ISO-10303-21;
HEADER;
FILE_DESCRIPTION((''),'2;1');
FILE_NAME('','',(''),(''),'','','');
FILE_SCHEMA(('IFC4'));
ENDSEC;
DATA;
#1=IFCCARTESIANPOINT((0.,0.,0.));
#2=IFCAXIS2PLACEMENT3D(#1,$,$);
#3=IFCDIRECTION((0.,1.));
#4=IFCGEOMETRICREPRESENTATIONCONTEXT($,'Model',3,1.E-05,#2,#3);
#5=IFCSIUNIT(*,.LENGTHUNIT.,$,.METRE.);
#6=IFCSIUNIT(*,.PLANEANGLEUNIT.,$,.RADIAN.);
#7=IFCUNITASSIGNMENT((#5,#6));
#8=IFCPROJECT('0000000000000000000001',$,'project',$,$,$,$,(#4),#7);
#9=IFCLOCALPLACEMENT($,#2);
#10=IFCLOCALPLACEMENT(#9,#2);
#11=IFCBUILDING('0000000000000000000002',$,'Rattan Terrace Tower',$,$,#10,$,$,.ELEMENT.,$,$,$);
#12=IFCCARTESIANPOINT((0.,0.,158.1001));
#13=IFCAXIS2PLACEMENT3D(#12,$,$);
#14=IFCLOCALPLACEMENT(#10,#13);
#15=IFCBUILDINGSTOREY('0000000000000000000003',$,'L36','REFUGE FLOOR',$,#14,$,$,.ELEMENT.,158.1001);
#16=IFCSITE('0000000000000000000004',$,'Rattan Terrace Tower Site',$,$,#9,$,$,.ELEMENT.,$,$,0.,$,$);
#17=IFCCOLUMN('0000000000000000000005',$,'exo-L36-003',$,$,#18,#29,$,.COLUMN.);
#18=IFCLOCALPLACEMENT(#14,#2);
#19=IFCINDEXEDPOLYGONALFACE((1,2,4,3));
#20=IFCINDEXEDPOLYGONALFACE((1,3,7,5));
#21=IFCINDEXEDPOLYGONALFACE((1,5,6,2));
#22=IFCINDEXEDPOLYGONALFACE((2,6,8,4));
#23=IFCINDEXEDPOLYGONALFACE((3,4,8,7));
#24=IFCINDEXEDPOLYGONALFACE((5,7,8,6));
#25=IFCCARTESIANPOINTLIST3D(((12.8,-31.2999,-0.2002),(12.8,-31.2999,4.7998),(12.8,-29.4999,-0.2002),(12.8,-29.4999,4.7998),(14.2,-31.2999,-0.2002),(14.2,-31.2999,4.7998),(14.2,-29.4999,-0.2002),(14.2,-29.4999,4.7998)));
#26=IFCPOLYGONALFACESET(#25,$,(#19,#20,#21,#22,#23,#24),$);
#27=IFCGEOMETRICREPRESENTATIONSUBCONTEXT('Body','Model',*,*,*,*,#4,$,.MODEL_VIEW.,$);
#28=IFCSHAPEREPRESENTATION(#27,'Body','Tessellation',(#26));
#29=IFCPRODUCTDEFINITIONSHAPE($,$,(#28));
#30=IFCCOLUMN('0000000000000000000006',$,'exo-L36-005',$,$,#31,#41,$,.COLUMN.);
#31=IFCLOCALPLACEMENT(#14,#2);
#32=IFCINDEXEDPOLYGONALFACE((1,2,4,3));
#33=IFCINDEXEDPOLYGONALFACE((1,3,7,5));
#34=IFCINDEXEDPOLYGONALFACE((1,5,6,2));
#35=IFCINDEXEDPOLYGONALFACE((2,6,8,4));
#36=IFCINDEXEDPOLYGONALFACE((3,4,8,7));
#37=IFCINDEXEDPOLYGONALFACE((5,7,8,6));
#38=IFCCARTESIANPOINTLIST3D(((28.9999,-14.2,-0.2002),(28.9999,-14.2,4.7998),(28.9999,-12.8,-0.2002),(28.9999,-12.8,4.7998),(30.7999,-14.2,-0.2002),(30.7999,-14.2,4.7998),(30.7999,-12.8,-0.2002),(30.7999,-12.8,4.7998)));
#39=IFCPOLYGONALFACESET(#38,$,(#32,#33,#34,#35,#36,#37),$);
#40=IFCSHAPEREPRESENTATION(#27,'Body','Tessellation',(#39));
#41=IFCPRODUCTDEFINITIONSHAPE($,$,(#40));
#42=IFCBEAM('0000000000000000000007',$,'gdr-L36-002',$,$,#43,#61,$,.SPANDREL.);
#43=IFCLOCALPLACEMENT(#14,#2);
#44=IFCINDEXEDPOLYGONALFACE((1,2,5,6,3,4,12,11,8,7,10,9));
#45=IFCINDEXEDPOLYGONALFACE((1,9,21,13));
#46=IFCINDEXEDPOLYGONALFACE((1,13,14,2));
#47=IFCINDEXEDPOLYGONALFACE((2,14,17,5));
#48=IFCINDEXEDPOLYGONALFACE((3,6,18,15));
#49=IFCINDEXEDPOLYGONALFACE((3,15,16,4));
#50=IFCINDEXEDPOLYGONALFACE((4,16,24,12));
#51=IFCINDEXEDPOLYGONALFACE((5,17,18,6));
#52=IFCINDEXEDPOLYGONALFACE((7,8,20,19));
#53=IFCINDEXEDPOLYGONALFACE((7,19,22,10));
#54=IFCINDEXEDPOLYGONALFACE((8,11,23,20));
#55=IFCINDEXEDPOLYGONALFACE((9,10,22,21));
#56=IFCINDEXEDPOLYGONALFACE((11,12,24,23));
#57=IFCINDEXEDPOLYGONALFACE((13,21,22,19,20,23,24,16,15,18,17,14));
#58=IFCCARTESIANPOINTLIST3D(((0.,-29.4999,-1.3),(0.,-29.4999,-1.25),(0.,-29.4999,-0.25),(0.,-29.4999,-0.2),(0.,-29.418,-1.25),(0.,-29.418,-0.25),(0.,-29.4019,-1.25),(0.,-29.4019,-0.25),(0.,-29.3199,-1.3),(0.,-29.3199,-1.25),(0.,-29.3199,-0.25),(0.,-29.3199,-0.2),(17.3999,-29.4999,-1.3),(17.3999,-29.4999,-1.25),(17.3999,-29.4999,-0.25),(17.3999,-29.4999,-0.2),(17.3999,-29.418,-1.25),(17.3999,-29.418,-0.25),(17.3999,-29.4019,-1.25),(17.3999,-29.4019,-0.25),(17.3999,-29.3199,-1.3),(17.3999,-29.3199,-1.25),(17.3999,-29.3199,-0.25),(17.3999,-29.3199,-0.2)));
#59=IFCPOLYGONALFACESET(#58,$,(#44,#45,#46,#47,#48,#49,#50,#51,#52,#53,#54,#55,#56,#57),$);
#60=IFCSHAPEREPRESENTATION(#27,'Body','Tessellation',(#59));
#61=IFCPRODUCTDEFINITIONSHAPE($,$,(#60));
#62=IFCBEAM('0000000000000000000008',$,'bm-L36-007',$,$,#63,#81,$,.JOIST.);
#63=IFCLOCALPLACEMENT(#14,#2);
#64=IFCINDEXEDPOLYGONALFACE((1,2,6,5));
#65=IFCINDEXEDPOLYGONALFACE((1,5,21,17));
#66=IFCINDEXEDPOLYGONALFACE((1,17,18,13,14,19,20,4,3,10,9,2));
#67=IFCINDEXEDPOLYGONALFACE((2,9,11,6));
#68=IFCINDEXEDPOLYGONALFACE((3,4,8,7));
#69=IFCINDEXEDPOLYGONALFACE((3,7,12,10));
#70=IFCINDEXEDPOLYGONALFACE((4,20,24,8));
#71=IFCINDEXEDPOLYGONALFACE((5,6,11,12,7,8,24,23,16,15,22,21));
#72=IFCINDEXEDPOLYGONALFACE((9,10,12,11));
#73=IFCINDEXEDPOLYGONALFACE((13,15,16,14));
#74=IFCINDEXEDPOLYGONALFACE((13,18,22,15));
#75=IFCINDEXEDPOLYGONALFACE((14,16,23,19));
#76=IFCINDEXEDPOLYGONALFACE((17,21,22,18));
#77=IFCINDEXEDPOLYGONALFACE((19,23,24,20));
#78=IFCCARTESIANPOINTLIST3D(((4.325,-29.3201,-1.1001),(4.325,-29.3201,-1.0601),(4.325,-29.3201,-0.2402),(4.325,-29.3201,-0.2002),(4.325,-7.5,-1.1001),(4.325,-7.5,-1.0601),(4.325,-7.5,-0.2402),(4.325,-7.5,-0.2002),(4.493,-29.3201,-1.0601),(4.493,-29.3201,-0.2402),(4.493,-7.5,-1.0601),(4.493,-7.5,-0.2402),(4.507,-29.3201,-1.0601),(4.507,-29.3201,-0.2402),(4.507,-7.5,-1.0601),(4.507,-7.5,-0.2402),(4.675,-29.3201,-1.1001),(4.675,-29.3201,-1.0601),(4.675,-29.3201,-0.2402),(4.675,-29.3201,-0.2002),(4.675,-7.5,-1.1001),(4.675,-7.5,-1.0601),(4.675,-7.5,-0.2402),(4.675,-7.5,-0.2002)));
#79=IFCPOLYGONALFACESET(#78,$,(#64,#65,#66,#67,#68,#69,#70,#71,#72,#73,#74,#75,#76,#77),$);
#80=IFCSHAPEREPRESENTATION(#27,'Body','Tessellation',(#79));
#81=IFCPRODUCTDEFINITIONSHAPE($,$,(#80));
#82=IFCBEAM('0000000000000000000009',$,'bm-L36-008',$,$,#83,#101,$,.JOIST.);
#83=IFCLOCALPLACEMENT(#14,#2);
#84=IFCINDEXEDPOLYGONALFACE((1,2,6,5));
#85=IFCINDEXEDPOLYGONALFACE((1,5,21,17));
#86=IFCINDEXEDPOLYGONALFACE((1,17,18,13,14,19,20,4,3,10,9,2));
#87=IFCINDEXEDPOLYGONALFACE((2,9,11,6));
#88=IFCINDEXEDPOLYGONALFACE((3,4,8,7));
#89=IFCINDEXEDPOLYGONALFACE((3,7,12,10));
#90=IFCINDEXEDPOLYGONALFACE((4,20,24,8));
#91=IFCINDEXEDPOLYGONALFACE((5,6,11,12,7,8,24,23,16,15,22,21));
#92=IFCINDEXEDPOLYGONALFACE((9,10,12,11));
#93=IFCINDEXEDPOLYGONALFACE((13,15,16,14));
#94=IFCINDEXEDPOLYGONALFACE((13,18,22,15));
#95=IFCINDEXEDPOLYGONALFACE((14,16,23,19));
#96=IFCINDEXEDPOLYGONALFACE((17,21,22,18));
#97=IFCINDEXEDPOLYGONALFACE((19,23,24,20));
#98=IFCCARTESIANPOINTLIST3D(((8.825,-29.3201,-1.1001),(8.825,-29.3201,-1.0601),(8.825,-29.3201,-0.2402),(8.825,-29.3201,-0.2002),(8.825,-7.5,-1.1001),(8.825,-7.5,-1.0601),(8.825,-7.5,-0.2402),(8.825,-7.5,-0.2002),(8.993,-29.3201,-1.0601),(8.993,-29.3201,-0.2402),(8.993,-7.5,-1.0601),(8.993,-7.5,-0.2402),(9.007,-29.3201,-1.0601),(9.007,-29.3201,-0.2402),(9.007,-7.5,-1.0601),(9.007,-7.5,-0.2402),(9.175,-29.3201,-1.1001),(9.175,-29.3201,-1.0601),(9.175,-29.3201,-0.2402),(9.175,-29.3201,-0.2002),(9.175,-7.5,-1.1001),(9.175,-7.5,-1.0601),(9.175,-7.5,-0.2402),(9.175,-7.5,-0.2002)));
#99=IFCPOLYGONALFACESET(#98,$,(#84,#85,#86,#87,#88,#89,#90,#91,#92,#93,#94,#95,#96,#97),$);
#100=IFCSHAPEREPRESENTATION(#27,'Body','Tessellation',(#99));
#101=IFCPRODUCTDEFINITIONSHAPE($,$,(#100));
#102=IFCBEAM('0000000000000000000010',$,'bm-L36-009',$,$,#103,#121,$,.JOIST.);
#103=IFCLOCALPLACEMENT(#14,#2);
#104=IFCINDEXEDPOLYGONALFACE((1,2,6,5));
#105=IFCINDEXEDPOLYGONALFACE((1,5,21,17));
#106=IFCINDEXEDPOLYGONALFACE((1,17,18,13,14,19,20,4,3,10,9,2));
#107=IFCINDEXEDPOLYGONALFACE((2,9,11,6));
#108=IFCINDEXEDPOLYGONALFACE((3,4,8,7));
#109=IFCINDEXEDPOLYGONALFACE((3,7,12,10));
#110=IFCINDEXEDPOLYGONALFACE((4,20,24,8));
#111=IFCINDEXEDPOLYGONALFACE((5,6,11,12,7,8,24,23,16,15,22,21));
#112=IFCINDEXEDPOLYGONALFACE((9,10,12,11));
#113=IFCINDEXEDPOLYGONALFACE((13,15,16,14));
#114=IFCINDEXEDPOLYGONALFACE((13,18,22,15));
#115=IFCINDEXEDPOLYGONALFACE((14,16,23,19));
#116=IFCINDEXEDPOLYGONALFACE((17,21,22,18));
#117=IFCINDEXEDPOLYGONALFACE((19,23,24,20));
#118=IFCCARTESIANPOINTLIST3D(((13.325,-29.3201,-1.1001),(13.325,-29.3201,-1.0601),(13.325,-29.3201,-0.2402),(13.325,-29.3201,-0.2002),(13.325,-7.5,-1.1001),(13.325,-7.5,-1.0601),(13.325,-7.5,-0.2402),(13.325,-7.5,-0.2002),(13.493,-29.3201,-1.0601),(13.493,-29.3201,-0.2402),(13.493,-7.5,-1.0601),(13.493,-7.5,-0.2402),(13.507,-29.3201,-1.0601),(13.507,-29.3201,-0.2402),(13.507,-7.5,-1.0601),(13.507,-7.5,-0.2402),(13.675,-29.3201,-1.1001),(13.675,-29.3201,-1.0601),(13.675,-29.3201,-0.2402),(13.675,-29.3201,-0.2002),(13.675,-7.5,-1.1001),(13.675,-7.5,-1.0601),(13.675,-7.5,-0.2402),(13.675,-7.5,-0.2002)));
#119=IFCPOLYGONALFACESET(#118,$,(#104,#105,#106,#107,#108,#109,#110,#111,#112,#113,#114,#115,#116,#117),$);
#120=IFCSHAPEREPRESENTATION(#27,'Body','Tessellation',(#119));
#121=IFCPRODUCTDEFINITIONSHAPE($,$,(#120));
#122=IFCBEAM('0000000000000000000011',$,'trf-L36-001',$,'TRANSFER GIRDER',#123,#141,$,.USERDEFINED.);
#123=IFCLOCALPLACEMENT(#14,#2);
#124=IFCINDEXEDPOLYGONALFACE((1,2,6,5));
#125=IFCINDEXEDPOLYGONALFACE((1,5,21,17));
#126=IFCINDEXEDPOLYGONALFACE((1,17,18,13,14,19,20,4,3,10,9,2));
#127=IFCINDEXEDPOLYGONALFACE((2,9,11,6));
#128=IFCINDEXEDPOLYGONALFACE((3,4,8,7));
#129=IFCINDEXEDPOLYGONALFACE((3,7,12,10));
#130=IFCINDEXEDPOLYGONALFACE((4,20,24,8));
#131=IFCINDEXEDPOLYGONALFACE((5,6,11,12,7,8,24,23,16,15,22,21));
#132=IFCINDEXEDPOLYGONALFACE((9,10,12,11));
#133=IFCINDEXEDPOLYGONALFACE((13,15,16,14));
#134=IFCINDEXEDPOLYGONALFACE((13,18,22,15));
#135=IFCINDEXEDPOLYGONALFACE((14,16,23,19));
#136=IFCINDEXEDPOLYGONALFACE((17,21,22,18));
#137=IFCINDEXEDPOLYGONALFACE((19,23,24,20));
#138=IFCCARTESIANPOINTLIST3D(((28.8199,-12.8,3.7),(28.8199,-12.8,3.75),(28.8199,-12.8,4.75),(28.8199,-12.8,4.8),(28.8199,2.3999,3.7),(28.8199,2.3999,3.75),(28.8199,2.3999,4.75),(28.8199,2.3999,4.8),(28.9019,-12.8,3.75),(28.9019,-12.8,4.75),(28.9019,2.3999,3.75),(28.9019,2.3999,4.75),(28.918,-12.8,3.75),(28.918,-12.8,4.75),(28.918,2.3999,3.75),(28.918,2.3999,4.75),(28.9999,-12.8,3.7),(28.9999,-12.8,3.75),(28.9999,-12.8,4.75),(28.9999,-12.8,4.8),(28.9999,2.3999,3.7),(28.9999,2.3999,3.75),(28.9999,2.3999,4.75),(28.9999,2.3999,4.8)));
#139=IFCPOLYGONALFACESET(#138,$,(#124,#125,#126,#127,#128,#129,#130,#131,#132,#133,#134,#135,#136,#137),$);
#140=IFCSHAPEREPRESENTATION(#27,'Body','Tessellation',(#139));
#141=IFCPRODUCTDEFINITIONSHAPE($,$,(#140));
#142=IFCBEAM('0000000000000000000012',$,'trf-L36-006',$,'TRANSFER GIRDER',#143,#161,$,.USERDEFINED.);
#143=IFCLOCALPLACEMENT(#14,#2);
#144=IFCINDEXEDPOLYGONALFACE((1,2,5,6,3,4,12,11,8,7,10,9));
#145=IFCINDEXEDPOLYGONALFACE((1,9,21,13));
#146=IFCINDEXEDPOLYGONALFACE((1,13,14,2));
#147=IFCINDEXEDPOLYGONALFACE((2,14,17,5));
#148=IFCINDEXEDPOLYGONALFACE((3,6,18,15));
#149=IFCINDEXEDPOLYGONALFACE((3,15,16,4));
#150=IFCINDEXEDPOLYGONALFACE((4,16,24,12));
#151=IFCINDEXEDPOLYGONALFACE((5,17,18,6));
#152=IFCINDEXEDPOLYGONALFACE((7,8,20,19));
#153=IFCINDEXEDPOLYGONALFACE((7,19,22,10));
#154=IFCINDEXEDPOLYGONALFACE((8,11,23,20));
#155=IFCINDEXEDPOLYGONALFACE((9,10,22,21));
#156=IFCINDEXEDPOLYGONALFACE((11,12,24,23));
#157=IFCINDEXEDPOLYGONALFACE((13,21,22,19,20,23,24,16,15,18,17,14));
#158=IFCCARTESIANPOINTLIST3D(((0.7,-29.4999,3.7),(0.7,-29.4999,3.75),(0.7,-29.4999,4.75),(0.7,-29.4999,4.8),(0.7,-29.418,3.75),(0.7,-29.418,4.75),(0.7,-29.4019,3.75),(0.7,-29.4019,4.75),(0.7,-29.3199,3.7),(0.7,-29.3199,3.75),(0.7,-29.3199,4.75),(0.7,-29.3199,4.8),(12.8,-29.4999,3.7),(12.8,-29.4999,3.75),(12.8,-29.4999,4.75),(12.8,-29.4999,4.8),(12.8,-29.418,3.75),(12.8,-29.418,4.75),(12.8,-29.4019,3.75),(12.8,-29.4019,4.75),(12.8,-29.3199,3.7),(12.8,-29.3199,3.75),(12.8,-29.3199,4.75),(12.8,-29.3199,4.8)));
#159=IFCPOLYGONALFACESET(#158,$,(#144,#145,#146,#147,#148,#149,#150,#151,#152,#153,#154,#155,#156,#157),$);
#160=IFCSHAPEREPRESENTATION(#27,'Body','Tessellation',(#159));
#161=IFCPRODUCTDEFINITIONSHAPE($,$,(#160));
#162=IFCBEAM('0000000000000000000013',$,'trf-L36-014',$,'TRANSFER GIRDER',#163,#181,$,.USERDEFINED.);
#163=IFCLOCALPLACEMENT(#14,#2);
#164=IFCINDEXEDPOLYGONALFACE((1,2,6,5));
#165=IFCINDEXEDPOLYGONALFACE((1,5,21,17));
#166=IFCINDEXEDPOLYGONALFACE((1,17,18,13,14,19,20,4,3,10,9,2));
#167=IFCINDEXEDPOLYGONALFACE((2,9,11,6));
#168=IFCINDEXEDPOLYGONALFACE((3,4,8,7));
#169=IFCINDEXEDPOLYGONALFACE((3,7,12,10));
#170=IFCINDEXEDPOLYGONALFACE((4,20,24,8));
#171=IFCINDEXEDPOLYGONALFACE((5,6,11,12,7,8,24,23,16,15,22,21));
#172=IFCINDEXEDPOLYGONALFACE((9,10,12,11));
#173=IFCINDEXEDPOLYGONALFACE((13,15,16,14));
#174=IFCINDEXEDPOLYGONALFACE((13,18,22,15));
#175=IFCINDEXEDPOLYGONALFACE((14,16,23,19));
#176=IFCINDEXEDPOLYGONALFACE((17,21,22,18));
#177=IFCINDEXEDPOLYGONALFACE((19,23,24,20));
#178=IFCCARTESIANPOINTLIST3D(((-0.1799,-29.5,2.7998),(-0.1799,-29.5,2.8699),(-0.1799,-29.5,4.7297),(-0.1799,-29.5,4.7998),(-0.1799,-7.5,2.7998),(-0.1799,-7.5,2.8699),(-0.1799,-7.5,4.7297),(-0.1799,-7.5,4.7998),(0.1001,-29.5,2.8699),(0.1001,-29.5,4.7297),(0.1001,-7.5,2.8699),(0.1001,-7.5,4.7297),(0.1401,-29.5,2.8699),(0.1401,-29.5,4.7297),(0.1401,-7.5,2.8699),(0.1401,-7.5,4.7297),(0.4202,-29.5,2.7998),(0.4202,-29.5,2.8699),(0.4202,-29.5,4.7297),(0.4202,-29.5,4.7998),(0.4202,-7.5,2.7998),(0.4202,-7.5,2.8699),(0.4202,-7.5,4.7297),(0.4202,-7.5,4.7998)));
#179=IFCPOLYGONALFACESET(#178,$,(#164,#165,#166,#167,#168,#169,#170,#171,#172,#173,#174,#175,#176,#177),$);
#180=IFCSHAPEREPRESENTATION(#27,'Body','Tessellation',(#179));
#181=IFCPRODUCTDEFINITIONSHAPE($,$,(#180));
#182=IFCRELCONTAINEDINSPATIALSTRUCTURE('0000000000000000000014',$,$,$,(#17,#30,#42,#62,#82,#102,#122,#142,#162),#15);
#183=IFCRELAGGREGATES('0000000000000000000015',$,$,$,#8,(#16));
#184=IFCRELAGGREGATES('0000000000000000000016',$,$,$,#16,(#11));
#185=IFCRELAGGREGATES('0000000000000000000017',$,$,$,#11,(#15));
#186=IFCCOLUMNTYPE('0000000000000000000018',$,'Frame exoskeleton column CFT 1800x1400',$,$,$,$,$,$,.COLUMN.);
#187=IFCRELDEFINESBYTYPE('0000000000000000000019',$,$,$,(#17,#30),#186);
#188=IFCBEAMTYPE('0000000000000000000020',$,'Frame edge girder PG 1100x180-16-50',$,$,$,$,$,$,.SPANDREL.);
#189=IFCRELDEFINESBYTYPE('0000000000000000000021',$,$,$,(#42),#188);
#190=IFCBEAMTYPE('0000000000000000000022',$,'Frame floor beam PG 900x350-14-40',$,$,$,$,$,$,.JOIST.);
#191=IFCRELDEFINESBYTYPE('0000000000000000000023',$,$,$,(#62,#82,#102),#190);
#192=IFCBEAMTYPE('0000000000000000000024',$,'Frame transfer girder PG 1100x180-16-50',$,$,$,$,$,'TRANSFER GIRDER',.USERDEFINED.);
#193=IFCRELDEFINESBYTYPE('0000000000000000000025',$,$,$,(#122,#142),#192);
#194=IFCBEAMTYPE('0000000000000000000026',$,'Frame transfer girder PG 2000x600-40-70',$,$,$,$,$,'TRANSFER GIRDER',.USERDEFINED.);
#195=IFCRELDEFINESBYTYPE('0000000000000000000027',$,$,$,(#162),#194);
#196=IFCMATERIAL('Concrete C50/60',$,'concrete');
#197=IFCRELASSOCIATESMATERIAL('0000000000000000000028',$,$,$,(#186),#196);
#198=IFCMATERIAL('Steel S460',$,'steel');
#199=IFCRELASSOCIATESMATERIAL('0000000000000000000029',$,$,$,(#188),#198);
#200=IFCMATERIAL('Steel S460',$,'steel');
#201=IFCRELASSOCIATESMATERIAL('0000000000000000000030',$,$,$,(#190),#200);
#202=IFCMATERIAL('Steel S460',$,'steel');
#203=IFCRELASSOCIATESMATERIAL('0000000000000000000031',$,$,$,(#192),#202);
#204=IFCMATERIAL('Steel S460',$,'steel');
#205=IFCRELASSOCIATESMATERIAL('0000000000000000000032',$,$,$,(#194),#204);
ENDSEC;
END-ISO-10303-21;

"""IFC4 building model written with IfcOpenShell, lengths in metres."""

from ifc_helpers import new_model, si_unit, direction, frame, origin, origin_2d, place, context, subcontext, project, spatial, rectangle, i_section, extrude, material, material_profile, profile_set, type_object, element, save


model = new_model("IFC4")

# Units and contexts
model_context = context("Model", 3, precision=1e-05, world=origin(), true_north=direction((0.0, 1.0)))
body_context = subcontext(model_context, "Body", "Model", "MODEL_VIEW")
ifc_project = project(units=[si_unit("LENGTHUNIT", "METRE"), si_unit("PLANEANGLEUNIT", "RADIAN")], contexts=[model_context])

# Site, building, storey
site_placement = place(None, origin())
site = spatial("IfcSite", under=ifc_project, at=site_placement, Name="Rattan Terrace Tower Site", CompositionType="ELEMENT", RefElevation=0.0)
building_placement = place(site_placement, origin())
building = spatial("IfcBuilding", under=site, at=building_placement, Name="Rattan Terrace Tower", CompositionType="ELEMENT")
storey_placement = place(building_placement, frame((0.0, 0.0, 158.1001)))
storey = spatial("IfcBuildingStorey", under=building, at=storey_placement, Name="L36", Description="REFUGE FLOOR", CompositionType="ELEMENT", Elevation=158.1001)

# Columns
ifc_material_1 = material(Name="Concrete C50/60", Category="concrete")
ifc_material_profile_1 = material_profile(ifc_material_1, rectangle(XDim=1.3999, YDim=1.8, at=origin_2d()), Name="CFT 1800x1400")
ifc_profile_set_1 = profile_set([ifc_material_profile_1], Name="Concrete C50/60")
column_type = type_object("IfcColumnType", Name="Frame exoskeleton column CFT 1800x1400", PredefinedType="COLUMN", material=ifc_profile_set_1)
for number, where, z_axis, x_axis, name in (
    (1, (13.5, -30.3999, -0.2002), (0.0, 0.0, 1.0), (1.0, 0.0, 0.0), "exo-L36-003"),
    (2, (29.8999, -13.5, -0.2002), (0.0, 0.0, 1.0), (0.0, 1.0, 0.0), "exo-L36-005"),
):
    element("IfcColumn", number, at=place(storey_placement, frame(where, z_axis=z_axis, x_axis=x_axis)), inside=storey, type_object=column_type, Name=name, PredefinedType="COLUMN", context=body_context, shape_type="SweptSolid", body=[
        extrude(rectangle(XDim=1.3999, YDim=1.8, at=origin_2d()), origin(), (0.0, 0.0, 1.0), 5.0),
    ])

# Beams
ifc_material_2 = material(Name="Steel S460", Category="steel")
ifc_material_profile_2 = material_profile(ifc_material_2, i_section(OverallWidth=0.1799, OverallDepth=1.1001, WebThickness=0.0161, FlangeThickness=0.05, at=origin_2d()), Name="PG 1100x180-16-50")
ifc_profile_set_2 = profile_set([ifc_material_profile_2], Name="Steel S460")
beam_type_1 = type_object("IfcBeamType", Name="Frame edge girder PG 1100x180-16-50", PredefinedType="SPANDREL", material=ifc_profile_set_2)
beam_1_placement = place(storey_placement, frame((17.3999, -29.4099, -0.75), z_axis=(-1.0, 0.0, 0.0), x_axis=(0.0, -1.0, 0.0)))
element("IfcBeam", 3, at=beam_1_placement, inside=storey, type_object=beam_type_1, Name="gdr-L36-002", PredefinedType="SPANDREL", context=body_context, shape_type="SweptSolid", body=[
    extrude(i_section(OverallWidth=0.1799, OverallDepth=1.1001, WebThickness=0.0161, FlangeThickness=0.05, at=origin_2d()), origin(), (0.0, 0.0, 1.0), 17.3999),
])
ifc_material_3 = material(Name="Steel S460", Category="steel")
ifc_material_profile_3 = material_profile(ifc_material_3, i_section(OverallWidth=0.3501, OverallDepth=0.8999, WebThickness=0.0139, FlangeThickness=0.04, at=origin_2d()), Name="PG 900x350-14-40")
ifc_profile_set_3 = profile_set([ifc_material_profile_3], Name="Steel S460")
beam_type_2 = type_object("IfcBeamType", Name="Frame floor beam PG 900x350-14-40", PredefinedType="JOIST", material=ifc_profile_set_3)
for number, where, z_axis, x_axis, name in (
    (4, (4.5, -29.3201, -0.6501), (0.0, 1.0, 0.0), (-1.0, 0.0, 0.0), "bm-L36-007"),
    (5, (9.0, -29.3201, -0.6501), (0.0, 1.0, 0.0), (-1.0, 0.0, 0.0), "bm-L36-008"),
    (6, (13.5, -29.3201, -0.6501), (0.0, 1.0, 0.0), (-1.0, 0.0, 0.0), "bm-L36-009"),
):
    element("IfcBeam", number, at=place(storey_placement, frame(where, z_axis=z_axis, x_axis=x_axis)), inside=storey, type_object=beam_type_2, Name=name, PredefinedType="JOIST", context=body_context, shape_type="SweptSolid", body=[
        extrude(i_section(OverallWidth=0.3501, OverallDepth=0.8999, WebThickness=0.0139, FlangeThickness=0.04, at=origin_2d()), origin(), (0.0, 0.0, 1.0), 21.8201),
    ])
ifc_material_4 = material(Name="Steel S460", Category="steel")
ifc_material_profile_4 = material_profile(ifc_material_4, i_section(OverallWidth=0.1799, OverallDepth=1.1001, WebThickness=0.0161, FlangeThickness=0.05, at=origin_2d()), Name="PG 1100x180-16-50")
ifc_profile_set_4 = profile_set([ifc_material_profile_4], Name="Steel S460")
beam_type_3 = type_object("IfcBeamType", Name="Frame transfer girder PG 1100x180-16-50", ElementType="TRANSFER GIRDER", PredefinedType="USERDEFINED", material=ifc_profile_set_4)
beam_2_placement = place(storey_placement, frame((28.9099, -12.8, 4.25), z_axis=(0.0, 1.0, 0.0), x_axis=(-1.0, 0.0, 0.0)))
element("IfcBeam", 7, at=beam_2_placement, inside=storey, type_object=beam_type_3, Name="trf-L36-001", ObjectType="TRANSFER GIRDER", PredefinedType="USERDEFINED", context=body_context, shape_type="SweptSolid", body=[
    extrude(i_section(OverallWidth=0.1799, OverallDepth=1.1001, WebThickness=0.0161, FlangeThickness=0.05, at=origin_2d()), origin(), (0.0, 0.0, 1.0), 15.2),
])
beam_3_placement = place(storey_placement, frame((0.7, -29.4099, 4.25), z_axis=(1.0, 0.0, 0.0), x_axis=(0.0, 1.0, 0.0)))
element("IfcBeam", 8, at=beam_3_placement, inside=storey, type_object=beam_type_3, Name="trf-L36-006", ObjectType="TRANSFER GIRDER", PredefinedType="USERDEFINED", context=body_context, shape_type="SweptSolid", body=[
    extrude(i_section(OverallWidth=0.1799, OverallDepth=1.1001, WebThickness=0.0161, FlangeThickness=0.05, at=origin_2d()), origin(), (0.0, 0.0, 1.0), 12.1001),
])
ifc_material_5 = material(Name="Steel S460", Category="steel")
ifc_material_profile_5 = material_profile(ifc_material_5, i_section(OverallWidth=0.6001, OverallDepth=2.0, WebThickness=0.04, FlangeThickness=0.0701, at=origin_2d()), Name="PG 2000x600-40-70")
ifc_profile_set_5 = profile_set([ifc_material_profile_5], Name="Steel S460")
beam_type_4 = type_object("IfcBeamType", Name="Frame transfer girder PG 2000x600-40-70", ElementType="TRANSFER GIRDER", PredefinedType="USERDEFINED", material=ifc_profile_set_5)
for number, where, z_axis, x_axis, name in (
    (9, (0.1201, -29.5, 3.7998), (0.0, 1.0, 0.0), (-1.0, 0.0, 0.0), "trf-L36-014"),
):
    element("IfcBeam", number, at=place(storey_placement, frame(where, z_axis=z_axis, x_axis=x_axis)), inside=storey, type_object=beam_type_4, Name=name, ObjectType="TRANSFER GIRDER", PredefinedType="USERDEFINED", context=body_context, shape_type="SweptSolid", body=[
        extrude(i_section(OverallWidth=0.6001, OverallDepth=2.0, WebThickness=0.04, FlangeThickness=0.0701, at=origin_2d()), origin(), (0.0, 0.0, 1.0), 22.0),
    ])

save(model, "model.ifc")
